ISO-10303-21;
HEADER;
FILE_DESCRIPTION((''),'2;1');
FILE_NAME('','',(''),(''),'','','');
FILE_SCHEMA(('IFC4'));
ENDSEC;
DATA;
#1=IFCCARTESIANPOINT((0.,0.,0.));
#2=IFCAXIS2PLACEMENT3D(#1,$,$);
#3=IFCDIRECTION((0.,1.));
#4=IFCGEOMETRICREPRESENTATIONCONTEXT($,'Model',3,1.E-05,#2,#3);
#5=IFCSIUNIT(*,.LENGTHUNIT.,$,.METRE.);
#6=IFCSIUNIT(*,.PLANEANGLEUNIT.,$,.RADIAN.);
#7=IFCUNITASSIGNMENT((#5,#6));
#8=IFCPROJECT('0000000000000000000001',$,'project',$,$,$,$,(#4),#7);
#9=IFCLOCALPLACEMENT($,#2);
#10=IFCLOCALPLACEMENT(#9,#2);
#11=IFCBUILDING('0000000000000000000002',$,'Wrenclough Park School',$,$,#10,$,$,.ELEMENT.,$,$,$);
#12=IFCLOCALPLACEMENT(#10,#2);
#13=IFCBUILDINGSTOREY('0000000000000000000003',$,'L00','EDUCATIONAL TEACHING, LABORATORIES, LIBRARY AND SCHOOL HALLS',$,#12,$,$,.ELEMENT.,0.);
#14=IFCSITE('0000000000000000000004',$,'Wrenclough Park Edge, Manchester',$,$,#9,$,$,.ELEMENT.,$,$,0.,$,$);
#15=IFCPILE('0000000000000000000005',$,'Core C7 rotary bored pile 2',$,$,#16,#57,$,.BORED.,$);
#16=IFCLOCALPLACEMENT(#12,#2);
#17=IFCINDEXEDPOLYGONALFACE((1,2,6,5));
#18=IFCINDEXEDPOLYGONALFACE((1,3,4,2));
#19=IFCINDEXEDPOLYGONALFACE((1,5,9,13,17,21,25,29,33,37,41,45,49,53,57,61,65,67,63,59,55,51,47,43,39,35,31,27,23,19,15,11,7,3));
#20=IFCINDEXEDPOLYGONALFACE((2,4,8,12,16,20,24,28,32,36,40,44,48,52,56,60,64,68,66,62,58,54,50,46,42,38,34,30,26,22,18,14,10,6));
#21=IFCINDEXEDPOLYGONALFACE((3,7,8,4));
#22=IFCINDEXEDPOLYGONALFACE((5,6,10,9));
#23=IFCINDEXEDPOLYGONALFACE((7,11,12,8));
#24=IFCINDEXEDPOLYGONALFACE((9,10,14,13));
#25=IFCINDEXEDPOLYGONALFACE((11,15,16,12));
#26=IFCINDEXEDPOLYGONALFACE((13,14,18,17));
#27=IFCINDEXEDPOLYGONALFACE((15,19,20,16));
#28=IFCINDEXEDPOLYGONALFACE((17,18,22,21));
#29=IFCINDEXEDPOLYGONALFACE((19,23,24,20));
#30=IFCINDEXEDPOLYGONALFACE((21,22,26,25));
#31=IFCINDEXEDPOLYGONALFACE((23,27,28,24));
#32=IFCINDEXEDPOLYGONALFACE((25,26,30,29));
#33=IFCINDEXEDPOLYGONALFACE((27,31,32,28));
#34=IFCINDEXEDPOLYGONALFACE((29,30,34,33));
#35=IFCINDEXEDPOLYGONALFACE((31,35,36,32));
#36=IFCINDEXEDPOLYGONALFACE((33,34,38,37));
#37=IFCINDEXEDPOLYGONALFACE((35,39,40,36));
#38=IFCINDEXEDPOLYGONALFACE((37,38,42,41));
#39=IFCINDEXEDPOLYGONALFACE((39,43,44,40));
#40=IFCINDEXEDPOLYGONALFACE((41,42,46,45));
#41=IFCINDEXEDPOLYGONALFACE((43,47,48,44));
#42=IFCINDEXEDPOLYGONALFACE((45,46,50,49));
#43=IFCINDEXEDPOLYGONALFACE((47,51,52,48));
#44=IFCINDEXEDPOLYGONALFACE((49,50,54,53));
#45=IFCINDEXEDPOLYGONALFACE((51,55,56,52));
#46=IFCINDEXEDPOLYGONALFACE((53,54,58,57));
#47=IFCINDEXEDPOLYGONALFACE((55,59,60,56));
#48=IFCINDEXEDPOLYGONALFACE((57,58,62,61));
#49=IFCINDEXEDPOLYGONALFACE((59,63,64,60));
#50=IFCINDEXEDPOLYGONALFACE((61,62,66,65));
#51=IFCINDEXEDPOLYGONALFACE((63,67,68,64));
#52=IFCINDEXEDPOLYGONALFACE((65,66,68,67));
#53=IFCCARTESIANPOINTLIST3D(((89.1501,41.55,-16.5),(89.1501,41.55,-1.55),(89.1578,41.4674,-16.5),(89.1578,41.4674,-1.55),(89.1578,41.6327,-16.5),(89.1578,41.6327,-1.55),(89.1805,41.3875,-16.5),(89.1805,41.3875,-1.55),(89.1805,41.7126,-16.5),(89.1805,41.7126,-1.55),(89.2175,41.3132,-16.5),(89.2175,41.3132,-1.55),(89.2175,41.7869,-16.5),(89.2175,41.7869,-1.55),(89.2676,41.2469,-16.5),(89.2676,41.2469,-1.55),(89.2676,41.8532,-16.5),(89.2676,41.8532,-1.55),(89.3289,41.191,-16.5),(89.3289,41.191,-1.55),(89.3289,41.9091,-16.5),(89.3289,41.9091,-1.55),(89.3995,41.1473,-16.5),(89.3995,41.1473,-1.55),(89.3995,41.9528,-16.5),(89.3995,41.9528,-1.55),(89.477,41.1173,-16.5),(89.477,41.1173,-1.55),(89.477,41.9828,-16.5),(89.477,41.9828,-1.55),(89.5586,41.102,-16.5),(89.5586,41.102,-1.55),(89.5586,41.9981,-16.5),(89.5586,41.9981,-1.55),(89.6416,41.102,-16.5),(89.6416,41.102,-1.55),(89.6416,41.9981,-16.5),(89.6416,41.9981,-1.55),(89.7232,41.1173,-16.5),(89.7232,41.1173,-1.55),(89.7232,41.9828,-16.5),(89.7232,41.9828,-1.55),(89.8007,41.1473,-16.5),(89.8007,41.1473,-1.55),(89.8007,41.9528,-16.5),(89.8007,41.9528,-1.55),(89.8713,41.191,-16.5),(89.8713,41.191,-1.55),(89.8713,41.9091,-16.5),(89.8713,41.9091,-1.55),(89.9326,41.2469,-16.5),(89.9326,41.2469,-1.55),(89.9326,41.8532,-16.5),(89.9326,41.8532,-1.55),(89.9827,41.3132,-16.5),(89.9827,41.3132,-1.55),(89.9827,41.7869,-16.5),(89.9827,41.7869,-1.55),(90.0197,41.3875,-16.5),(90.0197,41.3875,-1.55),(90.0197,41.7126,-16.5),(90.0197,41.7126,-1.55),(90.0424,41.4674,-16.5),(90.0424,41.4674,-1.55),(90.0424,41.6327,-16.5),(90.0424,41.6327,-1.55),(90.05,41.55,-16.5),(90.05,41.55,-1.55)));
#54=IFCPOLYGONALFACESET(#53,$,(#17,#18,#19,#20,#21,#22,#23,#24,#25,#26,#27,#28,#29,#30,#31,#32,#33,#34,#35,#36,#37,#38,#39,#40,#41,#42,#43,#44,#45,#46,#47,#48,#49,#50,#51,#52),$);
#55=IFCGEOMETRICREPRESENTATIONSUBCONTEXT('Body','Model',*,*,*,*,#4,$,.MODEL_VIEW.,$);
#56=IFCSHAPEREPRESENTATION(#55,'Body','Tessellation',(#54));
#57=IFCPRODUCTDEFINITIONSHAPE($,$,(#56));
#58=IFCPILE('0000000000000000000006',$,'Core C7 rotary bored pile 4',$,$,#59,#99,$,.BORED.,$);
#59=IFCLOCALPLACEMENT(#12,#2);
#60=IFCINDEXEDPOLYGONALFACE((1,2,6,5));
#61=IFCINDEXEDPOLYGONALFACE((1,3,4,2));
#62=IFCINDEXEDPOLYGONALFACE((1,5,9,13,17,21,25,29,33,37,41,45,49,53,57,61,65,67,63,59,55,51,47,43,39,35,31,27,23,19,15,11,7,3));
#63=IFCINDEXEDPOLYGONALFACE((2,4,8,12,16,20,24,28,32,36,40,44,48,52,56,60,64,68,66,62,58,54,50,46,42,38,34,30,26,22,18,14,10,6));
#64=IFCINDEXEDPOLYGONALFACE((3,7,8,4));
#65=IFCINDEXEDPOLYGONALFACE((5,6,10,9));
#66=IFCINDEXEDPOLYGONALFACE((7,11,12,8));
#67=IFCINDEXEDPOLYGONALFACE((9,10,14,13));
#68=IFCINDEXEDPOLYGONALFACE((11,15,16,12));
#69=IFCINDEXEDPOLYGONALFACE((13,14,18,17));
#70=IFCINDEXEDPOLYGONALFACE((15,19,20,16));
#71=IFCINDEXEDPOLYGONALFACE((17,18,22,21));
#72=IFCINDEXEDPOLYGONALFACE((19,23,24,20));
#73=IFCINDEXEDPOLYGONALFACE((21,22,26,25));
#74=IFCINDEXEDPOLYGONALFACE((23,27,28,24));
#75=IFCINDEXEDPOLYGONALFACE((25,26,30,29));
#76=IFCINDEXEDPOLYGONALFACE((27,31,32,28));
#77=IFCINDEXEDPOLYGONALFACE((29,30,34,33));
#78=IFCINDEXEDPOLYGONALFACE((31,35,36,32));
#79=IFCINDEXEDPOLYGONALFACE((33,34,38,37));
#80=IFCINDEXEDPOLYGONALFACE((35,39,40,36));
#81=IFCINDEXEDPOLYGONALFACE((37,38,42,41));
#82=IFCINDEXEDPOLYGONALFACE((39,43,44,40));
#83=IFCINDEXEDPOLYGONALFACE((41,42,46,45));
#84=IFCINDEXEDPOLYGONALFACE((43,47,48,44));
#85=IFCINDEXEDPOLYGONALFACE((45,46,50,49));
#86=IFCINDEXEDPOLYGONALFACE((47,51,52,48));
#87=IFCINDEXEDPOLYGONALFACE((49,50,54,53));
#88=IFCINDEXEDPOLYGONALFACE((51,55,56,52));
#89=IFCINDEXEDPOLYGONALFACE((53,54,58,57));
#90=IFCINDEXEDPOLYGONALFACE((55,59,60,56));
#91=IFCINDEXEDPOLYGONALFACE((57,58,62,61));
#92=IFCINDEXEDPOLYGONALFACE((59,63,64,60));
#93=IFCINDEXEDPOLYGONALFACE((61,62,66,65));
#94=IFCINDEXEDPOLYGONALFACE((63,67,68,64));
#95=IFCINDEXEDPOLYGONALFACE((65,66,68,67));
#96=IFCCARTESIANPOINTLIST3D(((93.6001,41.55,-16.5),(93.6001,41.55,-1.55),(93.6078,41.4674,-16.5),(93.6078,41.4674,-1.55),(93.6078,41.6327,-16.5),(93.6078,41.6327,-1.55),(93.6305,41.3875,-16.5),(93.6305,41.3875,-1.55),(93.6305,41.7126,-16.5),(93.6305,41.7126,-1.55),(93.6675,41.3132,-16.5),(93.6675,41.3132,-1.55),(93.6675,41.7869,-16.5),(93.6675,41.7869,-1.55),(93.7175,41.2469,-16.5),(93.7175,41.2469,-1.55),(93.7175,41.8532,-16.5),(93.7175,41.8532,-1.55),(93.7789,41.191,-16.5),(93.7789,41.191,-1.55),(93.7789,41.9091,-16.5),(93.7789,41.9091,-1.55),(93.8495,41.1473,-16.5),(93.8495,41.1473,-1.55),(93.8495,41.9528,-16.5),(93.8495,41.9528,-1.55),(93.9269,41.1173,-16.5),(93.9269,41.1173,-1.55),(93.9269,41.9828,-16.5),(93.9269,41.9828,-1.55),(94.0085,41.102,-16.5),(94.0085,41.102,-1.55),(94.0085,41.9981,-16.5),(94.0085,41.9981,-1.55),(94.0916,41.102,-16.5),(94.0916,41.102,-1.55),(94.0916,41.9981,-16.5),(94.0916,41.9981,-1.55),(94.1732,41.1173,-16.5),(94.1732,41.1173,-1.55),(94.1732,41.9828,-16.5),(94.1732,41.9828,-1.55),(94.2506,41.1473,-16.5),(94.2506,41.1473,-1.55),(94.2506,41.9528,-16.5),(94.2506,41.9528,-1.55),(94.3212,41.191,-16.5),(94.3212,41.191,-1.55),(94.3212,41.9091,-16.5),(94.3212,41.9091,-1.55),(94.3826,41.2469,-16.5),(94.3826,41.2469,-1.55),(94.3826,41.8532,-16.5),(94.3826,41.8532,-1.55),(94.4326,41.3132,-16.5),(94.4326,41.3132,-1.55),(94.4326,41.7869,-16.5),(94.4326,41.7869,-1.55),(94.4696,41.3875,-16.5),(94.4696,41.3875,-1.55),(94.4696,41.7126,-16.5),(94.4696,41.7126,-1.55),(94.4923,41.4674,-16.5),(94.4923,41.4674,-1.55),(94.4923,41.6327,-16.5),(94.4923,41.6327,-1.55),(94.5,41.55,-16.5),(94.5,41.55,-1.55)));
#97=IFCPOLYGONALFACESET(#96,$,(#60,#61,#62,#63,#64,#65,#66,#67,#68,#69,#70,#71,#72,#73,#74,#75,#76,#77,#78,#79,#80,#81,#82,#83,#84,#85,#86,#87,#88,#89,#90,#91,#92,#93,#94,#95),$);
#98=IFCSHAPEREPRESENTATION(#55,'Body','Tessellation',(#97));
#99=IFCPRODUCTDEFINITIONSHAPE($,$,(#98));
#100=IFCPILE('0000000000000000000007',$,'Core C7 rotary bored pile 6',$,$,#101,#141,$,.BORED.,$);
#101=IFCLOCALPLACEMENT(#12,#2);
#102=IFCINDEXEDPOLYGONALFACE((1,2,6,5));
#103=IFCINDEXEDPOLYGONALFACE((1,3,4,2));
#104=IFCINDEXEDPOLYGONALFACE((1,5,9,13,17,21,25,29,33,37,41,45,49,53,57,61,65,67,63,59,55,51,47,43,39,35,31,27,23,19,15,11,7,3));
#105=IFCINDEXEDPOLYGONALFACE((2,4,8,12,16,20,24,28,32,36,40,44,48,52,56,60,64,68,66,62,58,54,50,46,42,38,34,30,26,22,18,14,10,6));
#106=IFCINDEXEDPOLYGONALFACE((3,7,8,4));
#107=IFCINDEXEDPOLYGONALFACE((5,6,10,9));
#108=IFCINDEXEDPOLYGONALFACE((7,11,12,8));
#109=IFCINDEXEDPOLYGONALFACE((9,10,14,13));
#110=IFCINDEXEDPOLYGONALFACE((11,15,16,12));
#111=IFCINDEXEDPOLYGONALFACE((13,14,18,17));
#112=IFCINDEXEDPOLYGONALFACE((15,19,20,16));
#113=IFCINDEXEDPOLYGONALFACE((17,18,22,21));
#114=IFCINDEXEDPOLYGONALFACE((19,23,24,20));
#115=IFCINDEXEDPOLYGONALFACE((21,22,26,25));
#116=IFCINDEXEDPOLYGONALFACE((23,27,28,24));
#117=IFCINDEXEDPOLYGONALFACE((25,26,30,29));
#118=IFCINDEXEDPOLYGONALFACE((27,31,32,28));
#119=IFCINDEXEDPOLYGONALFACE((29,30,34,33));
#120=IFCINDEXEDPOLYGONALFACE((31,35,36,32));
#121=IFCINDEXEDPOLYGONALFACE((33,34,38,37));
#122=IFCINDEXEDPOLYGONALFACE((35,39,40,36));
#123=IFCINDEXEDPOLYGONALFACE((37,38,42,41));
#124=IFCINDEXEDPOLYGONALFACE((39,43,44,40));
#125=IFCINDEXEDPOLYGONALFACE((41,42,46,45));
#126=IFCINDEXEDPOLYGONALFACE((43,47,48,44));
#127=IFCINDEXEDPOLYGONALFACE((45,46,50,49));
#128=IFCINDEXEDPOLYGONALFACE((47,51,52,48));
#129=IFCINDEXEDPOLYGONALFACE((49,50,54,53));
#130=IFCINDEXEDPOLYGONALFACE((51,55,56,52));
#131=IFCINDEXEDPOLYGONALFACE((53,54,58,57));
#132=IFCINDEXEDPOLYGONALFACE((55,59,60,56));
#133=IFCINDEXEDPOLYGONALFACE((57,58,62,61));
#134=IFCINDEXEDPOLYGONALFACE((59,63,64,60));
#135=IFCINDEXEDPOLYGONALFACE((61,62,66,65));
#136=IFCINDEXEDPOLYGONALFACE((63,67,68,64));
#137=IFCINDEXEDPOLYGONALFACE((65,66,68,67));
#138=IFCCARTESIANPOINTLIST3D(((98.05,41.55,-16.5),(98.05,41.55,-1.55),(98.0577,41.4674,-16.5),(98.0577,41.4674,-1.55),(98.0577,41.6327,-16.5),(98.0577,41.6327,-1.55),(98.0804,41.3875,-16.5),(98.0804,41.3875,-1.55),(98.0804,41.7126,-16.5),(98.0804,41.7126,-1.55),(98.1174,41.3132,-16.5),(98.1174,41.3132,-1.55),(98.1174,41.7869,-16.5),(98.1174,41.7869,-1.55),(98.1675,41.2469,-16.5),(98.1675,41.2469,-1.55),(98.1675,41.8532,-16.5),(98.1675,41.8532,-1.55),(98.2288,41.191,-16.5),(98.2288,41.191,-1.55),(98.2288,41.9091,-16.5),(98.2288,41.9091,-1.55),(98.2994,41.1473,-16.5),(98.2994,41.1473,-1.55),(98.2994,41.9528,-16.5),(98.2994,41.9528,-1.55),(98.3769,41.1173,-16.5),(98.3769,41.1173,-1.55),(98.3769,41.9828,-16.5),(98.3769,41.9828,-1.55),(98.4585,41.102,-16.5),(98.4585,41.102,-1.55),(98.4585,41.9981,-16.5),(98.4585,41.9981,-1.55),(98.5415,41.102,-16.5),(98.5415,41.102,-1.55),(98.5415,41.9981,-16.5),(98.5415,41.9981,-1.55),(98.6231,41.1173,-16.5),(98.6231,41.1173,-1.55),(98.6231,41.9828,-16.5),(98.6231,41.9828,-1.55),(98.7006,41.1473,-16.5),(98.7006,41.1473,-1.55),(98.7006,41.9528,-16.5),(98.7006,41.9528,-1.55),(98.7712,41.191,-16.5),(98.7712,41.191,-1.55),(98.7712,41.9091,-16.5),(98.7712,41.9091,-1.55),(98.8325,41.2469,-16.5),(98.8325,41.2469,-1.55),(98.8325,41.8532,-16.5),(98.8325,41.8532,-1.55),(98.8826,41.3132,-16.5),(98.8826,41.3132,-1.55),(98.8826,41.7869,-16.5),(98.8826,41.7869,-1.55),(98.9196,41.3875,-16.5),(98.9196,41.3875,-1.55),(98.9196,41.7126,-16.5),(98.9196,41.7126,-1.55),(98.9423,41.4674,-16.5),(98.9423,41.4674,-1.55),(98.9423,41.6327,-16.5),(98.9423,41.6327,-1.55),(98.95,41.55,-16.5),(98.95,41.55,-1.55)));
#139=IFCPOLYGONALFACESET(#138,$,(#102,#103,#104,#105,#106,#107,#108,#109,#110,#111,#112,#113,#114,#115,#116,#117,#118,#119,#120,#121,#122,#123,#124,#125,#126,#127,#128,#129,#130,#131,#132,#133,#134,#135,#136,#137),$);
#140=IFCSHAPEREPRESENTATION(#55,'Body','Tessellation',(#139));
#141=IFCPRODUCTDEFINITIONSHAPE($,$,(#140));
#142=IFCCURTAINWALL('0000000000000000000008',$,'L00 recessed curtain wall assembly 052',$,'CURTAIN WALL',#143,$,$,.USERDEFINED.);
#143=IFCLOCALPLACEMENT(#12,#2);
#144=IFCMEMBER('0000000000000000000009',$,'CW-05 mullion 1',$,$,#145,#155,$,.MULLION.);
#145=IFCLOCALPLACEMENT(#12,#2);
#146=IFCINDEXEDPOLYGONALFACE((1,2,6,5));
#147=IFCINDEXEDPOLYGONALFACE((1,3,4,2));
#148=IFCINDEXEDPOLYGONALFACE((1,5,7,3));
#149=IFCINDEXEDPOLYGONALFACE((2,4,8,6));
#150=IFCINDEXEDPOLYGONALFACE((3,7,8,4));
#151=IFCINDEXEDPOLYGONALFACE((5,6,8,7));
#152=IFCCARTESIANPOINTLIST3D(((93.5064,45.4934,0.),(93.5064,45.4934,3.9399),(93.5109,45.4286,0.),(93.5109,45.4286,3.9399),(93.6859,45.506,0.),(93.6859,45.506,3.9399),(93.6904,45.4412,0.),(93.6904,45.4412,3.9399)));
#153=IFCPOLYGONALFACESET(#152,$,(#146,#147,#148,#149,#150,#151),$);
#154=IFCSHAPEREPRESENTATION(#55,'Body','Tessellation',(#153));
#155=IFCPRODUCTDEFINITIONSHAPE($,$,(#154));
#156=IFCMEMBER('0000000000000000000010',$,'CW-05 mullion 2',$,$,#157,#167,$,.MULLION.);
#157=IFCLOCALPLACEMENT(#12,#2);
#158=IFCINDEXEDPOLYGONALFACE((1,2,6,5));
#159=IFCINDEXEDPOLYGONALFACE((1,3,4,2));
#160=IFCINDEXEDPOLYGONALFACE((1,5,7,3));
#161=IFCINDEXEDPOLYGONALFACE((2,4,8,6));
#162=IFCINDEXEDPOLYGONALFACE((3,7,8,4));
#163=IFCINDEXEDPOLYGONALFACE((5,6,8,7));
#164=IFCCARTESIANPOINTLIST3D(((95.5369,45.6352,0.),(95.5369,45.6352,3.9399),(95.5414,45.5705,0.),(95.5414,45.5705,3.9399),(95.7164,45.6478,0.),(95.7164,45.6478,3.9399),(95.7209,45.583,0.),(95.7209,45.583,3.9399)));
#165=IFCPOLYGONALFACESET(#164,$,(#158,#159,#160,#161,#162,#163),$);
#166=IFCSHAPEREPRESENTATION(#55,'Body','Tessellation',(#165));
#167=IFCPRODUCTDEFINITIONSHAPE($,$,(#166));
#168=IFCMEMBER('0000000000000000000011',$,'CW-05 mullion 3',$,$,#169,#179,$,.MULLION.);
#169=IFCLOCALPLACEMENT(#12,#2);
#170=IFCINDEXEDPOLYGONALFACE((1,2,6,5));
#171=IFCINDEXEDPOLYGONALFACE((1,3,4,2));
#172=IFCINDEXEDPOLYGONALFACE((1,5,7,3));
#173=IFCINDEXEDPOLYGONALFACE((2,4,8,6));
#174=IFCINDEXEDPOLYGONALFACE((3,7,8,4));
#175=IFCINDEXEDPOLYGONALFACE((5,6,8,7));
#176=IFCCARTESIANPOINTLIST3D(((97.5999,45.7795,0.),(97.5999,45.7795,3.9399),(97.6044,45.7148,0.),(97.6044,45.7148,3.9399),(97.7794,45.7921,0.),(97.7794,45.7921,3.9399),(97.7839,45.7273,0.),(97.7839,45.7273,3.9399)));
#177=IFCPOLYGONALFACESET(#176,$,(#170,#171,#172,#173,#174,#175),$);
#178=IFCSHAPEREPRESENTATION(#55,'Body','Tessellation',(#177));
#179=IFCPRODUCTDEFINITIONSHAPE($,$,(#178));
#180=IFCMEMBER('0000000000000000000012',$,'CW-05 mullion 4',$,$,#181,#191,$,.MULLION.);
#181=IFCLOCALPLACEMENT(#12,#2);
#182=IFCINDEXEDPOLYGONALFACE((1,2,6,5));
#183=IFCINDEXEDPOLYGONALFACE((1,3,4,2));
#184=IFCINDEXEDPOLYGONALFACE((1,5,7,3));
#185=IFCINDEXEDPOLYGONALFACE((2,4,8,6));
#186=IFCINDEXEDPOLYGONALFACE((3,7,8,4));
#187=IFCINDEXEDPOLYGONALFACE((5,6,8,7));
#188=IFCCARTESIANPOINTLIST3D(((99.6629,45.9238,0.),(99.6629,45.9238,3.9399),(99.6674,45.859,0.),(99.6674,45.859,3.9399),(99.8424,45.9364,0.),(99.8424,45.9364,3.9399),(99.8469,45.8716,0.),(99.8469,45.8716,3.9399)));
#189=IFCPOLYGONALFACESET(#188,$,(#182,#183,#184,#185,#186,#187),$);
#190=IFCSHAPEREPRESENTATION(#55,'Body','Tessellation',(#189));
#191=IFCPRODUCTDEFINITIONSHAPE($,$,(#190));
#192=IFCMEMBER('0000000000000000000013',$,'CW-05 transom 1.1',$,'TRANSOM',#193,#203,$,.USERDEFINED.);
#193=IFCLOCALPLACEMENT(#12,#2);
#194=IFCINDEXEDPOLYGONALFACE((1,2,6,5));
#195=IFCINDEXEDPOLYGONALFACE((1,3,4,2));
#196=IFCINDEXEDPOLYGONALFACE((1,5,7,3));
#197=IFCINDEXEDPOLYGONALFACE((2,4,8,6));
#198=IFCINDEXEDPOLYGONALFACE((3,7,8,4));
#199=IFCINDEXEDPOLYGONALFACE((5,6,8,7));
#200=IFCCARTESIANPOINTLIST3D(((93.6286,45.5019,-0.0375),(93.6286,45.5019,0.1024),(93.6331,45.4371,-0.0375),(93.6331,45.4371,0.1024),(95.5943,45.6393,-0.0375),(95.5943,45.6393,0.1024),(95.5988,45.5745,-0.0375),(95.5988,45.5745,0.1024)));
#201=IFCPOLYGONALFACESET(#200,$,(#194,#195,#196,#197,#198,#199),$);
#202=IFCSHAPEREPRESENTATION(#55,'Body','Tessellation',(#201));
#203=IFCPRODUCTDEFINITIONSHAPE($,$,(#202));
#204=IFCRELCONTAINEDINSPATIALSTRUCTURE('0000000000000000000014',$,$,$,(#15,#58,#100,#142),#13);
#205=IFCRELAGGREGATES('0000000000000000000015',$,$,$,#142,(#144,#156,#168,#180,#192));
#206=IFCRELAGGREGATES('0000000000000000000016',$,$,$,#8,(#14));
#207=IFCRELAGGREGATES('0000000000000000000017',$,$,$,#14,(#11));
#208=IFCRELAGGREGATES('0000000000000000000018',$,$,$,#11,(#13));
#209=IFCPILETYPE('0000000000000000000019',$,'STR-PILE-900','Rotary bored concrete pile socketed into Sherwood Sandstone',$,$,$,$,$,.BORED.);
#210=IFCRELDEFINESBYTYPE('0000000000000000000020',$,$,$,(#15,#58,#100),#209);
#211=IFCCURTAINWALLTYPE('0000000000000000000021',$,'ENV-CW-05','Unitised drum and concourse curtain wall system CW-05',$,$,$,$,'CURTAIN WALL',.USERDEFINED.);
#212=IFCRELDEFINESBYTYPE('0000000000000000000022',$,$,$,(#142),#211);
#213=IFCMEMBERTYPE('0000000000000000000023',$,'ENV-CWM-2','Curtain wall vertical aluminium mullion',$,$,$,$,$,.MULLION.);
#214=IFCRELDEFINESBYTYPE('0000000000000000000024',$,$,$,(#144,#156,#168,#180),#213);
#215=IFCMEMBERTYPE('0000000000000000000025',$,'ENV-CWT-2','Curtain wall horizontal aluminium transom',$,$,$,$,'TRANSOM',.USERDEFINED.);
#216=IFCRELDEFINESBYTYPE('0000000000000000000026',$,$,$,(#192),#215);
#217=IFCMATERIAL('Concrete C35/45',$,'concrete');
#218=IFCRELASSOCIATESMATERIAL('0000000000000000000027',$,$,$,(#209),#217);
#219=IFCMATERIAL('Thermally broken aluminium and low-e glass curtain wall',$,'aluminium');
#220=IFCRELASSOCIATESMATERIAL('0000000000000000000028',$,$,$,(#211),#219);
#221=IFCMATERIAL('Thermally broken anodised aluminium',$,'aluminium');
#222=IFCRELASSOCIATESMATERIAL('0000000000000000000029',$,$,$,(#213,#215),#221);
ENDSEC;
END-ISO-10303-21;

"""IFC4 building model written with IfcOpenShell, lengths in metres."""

from ifc_helpers import new_model, si_unit, direction, frame, origin, origin_2d, place, context, subcontext, project, spatial, rectangle, circle, extrude, material, material_profile, profile_set, type_object, element, aggregate, save


model = new_model("IFC4")

# Units and contexts
model_context = context("Model", 3, precision=1e-05, world=origin(), true_north=direction((0.0, 1.0)))
body_context = subcontext(model_context, "Body", "Model", "MODEL_VIEW")
ifc_project = project(units=[si_unit("LENGTHUNIT", "METRE"), si_unit("PLANEANGLEUNIT", "RADIAN")], contexts=[model_context])

# Site, building, storey
site_placement = place(None, origin())
site = spatial("IfcSite", under=ifc_project, at=site_placement, Name="Wrenclough Park Edge, Manchester", CompositionType="ELEMENT", RefElevation=0.0)
building_placement = place(site_placement, origin())
building = spatial("IfcBuilding", under=site, at=building_placement, Name="Wrenclough Park School", CompositionType="ELEMENT")
storey_placement = place(building_placement, origin())
storey = spatial("IfcBuildingStorey", under=building, at=storey_placement, Name="L00", Description="EDUCATIONAL TEACHING, LABORATORIES, LIBRARY AND SCHOOL HALLS", CompositionType="ELEMENT", Elevation=0.0)

# Piles
ifc_material_1 = material(Name="Concrete C35/45", Category="concrete")
ifc_material_profile_1 = material_profile(ifc_material_1, circle(Radius=0.45, at=origin_2d()), Name="BORED PILE D900")
ifc_profile_set_1 = profile_set([ifc_material_profile_1], Name="Concrete C35/45")
pile_type = type_object("IfcPileType", Name="STR-PILE-900", Description="Rotary bored concrete pile socketed into Sherwood Sandstone", PredefinedType="BORED", material=ifc_profile_set_1)
for number, where, z_axis, x_axis, name in (
    (1, (89.6001, 41.55, -1.55), (0.0, 0.0, -1.0), (1.0, 0.0, 0.0), "Core C7 rotary bored pile 2"),
    (2, (94.05, 41.55, -1.55), (0.0, 0.0, -1.0), (1.0, 0.0, 0.0), "Core C7 rotary bored pile 4"),
    (3, (98.5, 41.55, -1.55), (0.0, 0.0, -1.0), (1.0, 0.0, 0.0), "Core C7 rotary bored pile 6"),
):
    element("IfcPile", number, at=place(storey_placement, frame(where, z_axis=z_axis, x_axis=x_axis)), inside=storey, type_object=pile_type, Name=name, PredefinedType="BORED", context=body_context, shape_type="SweptSolid", body=[
        extrude(circle(Radius=0.45, at=origin_2d()), origin(), (0.0, 0.0, 1.0), 14.95),
    ])

# Curtain wall, members
ifc_material_2 = material(Name="Thermally broken aluminium and low-e glass curtain wall", Category="aluminium")
curtain_wall_type = type_object("IfcCurtainWallType", Name="ENV-CW-05", Description="Unitised drum and concourse curtain wall system CW-05", ElementType="CURTAIN WALL", PredefinedType="USERDEFINED", material=ifc_material_2)
curtain_wall_placement = place(storey_placement, origin())
curtain_wall = element("IfcCurtainWall", 4, at=curtain_wall_placement, inside=storey, type_object=curtain_wall_type, Name="L00 recessed curtain wall assembly 052", ObjectType="CURTAIN WALL", PredefinedType="USERDEFINED")
ifc_material_3 = material(Name="Thermally broken anodised aluminium", Category="aluminium")
ifc_material_profile_2 = material_profile(ifc_material_3, rectangle(XDim=0.0649, YDim=0.1799, at=origin_2d()), Name="AL MULLION 65x180")
ifc_profile_set_2 = profile_set([ifc_material_profile_2], Name="Thermally broken anodised aluminium")
member_type_1 = type_object("IfcMemberType", Name="ENV-CWM-2", Description="Curtain wall vertical aluminium mullion", PredefinedType="MULLION", material=ifc_profile_set_2)
member_1_placement = place(storey_placement, frame((93.5984, 45.4673, 0.0), z_axis=(0.0, 0.0, 1.0), x_axis=(-0.069753, 0.997564, 0.0)))
member_1 = element("IfcMember", 5, at=member_1_placement, type_object=member_type_1, Name="CW-05 mullion 1", PredefinedType="MULLION", context=body_context, shape_type="SweptSolid", body=[
    extrude(rectangle(XDim=0.0649, YDim=0.1799, at=origin_2d()), origin(), (0.0, 0.0, 1.0), 3.9399),
])
member_2_placement = place(storey_placement, frame((95.6289, 45.6091, 0.0), z_axis=(0.0, 0.0, 1.0), x_axis=(-0.069753, 0.997564, 0.0)))
member_2 = element("IfcMember", 6, at=member_2_placement, type_object=member_type_1, Name="CW-05 mullion 2", PredefinedType="MULLION", context=body_context, shape_type="SweptSolid", body=[
    extrude(rectangle(XDim=0.0649, YDim=0.1799, at=origin_2d()), origin(), (0.0, 0.0, 1.0), 3.9399),
])
member_3_placement = place(storey_placement, frame((97.6919, 45.7534, 0.0), z_axis=(0.0, 0.0, 1.0), x_axis=(-0.069753, 0.997564, 0.0)))
member_3 = element("IfcMember", 7, at=member_3_placement, type_object=member_type_1, Name="CW-05 mullion 3", PredefinedType="MULLION", context=body_context, shape_type="SweptSolid", body=[
    extrude(rectangle(XDim=0.0649, YDim=0.1799, at=origin_2d()), origin(), (0.0, 0.0, 1.0), 3.9399),
])
member_4_placement = place(storey_placement, frame((99.7549, 45.8977, 0.0), z_axis=(0.0, 0.0, 1.0), x_axis=(-0.069753, 0.997564, 0.0)))
member_4 = element("IfcMember", 8, at=member_4_placement, type_object=member_type_1, Name="CW-05 mullion 4", PredefinedType="MULLION", context=body_context, shape_type="SweptSolid", body=[
    extrude(rectangle(XDim=0.0649, YDim=0.1799, at=origin_2d()), origin(), (0.0, 0.0, 1.0), 3.9399),
])
ifc_material_profile_3 = material_profile(ifc_material_3, rectangle(XDim=0.0649, YDim=0.1399, at=origin_2d()), Name="AL TRANSOM 65x140")
ifc_profile_set_3 = profile_set([ifc_material_profile_3], Name="Thermally broken anodised aluminium")
member_type_2 = type_object("IfcMemberType", Name="ENV-CWT-2", Description="Curtain wall horizontal aluminium transom", ElementType="TRANSOM", PredefinedType="USERDEFINED", material=ifc_profile_set_3)
member_5_placement = place(storey_placement, frame((93.6309, 45.4695, 0.0325), z_axis=(0.997564, 0.069759, 0.0), x_axis=(-0.069759, 0.997564, 0.0)))
member_5 = element("IfcMember", 9, at=member_5_placement, type_object=member_type_2, Name="CW-05 transom 1.1", ObjectType="TRANSOM", PredefinedType="USERDEFINED", context=body_context, shape_type="SweptSolid", body=[
    extrude(rectangle(XDim=0.0649, YDim=0.1399, at=origin_2d()), origin(), (0.0, 0.0, 1.0), 1.9705),
])
aggregate(curtain_wall, [member_1, member_2, member_3, member_4, member_5])

save(model, "model.ifc")
